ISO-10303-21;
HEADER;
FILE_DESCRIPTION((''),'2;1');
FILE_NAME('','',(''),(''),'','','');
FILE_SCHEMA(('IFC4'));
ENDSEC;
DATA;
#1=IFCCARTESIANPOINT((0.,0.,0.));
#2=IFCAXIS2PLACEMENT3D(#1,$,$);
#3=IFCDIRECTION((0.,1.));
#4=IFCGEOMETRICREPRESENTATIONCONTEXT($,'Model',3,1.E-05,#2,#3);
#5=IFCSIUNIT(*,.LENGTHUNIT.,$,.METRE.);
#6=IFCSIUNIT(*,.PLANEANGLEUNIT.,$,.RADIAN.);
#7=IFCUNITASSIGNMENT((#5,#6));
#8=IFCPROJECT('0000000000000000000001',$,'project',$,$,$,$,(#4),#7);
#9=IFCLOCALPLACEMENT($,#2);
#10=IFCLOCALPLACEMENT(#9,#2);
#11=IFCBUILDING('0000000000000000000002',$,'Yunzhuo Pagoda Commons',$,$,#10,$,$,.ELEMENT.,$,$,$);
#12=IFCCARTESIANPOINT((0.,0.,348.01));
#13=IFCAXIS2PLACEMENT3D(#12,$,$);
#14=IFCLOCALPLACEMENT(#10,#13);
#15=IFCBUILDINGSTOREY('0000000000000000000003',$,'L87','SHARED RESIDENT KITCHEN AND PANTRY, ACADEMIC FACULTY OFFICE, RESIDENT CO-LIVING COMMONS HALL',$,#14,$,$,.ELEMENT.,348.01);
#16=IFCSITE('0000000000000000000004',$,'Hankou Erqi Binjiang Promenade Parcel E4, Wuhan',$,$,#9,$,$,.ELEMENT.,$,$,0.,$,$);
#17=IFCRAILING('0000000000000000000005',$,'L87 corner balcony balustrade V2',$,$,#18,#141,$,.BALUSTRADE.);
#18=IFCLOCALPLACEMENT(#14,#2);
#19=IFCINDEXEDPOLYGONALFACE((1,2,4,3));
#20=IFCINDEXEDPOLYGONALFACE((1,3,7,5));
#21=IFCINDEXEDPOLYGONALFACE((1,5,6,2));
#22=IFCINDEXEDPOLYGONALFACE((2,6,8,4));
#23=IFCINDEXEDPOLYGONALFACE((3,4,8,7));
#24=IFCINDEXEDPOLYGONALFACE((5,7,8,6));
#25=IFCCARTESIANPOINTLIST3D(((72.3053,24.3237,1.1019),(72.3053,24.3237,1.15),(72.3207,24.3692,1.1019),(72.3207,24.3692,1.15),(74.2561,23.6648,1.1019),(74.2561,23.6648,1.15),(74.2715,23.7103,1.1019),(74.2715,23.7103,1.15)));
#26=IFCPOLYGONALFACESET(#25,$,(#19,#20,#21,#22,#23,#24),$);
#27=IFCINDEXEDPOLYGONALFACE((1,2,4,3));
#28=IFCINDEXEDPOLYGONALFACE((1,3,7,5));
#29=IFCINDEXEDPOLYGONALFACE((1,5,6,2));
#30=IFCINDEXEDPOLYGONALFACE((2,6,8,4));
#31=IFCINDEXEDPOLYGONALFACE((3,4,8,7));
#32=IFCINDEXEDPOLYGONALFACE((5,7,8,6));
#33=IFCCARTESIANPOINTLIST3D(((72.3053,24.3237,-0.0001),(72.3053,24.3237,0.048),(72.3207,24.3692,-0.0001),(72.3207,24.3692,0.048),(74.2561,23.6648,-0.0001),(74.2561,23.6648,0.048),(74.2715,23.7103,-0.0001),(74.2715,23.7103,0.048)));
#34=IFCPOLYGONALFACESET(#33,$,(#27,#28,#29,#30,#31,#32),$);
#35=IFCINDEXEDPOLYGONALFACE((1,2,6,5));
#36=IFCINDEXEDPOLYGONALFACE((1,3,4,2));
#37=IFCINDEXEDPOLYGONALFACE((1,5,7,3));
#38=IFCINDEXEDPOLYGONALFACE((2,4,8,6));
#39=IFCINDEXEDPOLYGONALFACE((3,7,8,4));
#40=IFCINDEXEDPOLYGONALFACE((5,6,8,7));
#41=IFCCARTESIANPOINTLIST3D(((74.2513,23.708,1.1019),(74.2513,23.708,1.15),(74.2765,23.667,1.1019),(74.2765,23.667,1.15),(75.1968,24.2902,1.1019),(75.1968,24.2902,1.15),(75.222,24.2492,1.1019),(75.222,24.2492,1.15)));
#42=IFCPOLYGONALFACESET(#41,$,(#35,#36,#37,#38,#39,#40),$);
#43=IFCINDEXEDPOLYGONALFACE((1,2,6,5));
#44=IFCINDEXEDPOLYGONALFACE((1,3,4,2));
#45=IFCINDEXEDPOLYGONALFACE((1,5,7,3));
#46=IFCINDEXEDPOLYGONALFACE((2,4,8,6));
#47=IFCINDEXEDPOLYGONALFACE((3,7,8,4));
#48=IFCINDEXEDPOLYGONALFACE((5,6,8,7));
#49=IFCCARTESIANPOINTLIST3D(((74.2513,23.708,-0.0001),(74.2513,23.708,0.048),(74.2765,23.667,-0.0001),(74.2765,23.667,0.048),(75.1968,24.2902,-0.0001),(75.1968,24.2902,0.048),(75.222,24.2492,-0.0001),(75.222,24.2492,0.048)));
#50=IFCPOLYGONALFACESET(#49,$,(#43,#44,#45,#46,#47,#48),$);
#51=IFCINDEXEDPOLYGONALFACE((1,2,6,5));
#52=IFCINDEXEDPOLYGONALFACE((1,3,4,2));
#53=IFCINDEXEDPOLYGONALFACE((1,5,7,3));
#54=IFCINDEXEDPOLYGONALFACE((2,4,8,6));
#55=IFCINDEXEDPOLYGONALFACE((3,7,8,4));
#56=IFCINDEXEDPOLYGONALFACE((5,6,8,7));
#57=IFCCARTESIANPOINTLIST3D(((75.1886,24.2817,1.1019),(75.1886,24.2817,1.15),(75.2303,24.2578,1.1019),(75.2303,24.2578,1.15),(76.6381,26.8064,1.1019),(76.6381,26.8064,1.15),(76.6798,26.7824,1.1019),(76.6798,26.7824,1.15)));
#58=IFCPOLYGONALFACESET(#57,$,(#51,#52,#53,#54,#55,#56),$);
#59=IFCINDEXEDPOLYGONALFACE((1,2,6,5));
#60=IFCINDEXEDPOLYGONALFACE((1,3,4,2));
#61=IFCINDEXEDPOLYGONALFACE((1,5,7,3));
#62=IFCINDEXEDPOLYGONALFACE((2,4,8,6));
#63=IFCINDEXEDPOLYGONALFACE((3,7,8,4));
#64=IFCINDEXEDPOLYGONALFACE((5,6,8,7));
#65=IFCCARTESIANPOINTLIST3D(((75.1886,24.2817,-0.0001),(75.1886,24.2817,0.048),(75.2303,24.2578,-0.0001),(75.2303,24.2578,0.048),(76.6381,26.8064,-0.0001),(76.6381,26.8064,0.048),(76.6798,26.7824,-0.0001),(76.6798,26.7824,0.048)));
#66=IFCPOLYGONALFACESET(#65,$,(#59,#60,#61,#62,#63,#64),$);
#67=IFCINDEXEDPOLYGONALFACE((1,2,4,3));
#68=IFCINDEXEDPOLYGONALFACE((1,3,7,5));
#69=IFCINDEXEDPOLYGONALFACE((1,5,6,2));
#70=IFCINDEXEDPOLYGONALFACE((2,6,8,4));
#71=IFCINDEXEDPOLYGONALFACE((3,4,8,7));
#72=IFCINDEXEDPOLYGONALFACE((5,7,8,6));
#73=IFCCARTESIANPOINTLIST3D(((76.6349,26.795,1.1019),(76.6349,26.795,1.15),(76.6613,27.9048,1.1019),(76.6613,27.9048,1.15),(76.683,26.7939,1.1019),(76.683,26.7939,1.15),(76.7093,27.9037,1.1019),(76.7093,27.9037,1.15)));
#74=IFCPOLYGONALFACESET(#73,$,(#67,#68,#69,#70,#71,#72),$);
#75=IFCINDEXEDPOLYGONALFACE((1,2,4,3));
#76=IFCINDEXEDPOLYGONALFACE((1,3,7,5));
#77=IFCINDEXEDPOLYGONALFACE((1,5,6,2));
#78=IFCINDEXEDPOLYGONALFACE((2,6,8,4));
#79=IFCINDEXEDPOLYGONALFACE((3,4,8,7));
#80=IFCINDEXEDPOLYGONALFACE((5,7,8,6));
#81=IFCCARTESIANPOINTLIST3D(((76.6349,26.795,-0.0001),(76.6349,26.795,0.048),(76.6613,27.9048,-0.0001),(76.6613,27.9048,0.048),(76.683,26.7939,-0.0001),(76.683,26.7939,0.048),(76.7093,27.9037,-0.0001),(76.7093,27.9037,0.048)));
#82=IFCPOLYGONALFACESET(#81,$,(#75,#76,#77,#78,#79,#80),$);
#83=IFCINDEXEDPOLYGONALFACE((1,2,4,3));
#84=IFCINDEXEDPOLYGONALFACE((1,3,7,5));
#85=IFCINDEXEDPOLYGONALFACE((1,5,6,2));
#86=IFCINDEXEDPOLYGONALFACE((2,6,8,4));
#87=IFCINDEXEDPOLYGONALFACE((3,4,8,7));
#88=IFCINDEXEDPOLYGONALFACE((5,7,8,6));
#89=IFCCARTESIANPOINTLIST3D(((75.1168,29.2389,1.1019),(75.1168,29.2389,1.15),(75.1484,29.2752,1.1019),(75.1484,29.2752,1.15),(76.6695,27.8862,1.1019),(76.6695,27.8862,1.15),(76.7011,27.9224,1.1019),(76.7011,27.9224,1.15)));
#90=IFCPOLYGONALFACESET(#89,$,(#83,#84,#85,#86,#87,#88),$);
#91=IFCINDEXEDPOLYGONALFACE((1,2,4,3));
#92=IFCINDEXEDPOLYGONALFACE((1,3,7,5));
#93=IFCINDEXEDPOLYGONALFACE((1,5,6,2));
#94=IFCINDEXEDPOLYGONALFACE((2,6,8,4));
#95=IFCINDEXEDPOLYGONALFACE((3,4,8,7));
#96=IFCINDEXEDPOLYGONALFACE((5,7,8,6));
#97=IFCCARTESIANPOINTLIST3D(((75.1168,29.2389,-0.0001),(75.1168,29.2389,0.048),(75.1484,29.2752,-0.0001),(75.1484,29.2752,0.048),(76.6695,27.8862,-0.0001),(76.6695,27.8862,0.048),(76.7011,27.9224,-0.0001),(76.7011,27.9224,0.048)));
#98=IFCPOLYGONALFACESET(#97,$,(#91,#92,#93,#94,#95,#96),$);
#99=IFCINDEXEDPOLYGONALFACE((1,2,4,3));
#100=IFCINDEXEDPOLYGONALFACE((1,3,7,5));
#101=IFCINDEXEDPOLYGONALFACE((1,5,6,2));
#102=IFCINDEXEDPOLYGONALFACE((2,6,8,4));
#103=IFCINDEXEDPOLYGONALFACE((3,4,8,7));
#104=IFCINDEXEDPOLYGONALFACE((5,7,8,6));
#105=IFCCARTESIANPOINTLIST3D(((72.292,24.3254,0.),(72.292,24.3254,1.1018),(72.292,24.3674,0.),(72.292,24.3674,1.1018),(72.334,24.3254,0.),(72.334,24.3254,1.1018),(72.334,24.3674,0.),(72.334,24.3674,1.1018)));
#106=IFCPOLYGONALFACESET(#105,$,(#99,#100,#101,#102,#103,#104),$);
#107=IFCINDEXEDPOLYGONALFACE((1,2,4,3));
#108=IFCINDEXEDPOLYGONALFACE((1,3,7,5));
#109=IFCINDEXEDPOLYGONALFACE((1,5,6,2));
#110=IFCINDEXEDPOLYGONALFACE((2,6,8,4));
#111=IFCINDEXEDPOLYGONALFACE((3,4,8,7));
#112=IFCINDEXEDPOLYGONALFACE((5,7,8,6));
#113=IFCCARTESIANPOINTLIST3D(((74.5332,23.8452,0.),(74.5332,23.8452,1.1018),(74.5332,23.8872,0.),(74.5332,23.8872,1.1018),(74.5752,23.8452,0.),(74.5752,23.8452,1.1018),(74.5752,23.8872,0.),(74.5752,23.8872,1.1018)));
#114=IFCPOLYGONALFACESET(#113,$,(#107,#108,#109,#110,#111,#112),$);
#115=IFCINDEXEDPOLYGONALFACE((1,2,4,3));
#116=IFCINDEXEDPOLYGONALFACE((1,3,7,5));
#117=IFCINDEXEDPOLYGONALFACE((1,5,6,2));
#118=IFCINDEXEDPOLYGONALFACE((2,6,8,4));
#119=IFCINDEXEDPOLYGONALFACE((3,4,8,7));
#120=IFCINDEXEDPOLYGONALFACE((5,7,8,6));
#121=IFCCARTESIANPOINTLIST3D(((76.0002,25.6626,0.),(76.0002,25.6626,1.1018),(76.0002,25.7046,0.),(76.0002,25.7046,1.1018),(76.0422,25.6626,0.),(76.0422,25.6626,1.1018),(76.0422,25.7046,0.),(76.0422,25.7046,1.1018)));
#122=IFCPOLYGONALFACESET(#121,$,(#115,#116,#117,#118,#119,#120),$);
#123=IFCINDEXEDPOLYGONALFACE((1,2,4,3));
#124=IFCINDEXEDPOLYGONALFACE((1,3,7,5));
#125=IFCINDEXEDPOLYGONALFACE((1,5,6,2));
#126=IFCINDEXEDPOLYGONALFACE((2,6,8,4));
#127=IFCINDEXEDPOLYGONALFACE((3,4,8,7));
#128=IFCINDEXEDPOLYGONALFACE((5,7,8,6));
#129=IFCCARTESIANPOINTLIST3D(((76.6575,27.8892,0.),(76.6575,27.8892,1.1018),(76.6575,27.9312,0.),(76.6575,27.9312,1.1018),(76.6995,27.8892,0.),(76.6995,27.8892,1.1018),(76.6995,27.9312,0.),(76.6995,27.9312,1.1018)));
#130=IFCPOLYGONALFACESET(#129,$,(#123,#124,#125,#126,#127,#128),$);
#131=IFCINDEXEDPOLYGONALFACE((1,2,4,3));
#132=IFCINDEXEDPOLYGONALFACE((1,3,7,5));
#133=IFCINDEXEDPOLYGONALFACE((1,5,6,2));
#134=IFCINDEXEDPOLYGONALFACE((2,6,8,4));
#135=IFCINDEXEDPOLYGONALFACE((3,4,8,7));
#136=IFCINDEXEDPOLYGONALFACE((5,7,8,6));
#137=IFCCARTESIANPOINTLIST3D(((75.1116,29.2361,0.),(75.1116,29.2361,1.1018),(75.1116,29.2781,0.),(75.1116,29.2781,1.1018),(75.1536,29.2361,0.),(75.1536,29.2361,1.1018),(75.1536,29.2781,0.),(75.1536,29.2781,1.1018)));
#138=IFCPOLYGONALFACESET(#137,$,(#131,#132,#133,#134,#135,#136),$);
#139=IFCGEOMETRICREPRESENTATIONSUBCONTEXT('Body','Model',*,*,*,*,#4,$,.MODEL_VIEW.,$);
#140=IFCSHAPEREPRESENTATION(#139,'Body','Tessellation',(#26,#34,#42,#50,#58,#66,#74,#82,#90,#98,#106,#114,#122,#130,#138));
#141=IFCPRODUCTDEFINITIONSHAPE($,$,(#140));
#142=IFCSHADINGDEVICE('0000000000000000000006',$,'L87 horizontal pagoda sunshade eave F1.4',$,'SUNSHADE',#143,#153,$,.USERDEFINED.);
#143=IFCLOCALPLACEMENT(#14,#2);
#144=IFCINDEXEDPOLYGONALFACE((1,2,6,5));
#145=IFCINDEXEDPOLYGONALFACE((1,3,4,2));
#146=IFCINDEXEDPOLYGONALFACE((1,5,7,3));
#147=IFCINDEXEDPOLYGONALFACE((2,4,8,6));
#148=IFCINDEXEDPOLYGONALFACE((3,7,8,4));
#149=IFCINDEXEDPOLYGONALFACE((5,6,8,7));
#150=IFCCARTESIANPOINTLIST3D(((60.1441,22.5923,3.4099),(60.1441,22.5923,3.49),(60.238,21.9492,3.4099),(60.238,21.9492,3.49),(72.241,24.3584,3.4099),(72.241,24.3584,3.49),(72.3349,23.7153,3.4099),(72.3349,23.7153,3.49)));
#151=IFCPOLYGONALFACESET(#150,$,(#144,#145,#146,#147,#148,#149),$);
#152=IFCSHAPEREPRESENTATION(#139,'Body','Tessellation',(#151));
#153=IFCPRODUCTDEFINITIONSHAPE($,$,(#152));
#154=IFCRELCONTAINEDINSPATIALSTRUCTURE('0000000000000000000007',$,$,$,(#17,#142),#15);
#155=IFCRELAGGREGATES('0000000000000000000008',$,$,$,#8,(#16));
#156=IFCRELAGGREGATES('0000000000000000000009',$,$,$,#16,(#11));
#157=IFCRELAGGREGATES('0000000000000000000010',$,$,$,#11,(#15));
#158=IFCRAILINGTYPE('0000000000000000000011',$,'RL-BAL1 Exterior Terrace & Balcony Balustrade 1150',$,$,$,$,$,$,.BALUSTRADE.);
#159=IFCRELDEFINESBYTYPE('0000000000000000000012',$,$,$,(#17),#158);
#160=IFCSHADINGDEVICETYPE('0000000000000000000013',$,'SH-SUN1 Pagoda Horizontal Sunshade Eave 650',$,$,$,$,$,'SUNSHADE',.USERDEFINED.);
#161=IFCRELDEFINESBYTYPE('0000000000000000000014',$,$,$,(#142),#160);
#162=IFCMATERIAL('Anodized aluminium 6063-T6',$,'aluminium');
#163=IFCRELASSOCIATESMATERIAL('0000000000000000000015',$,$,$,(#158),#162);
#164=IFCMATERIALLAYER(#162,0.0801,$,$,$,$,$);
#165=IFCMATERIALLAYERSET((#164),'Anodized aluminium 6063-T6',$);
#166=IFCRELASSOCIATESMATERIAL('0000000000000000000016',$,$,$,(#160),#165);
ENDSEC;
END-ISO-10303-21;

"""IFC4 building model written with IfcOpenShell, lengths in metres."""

from ifc_helpers import new_model, si_unit, direction, frame, origin, origin_2d, place, context, subcontext, project, spatial, rectangle, extrude, source, transform, mapped, material, layer, layer_set, type_object, element, save


model = new_model("IFC4")

# Units and contexts
model_context = context("Model", 3, precision=1e-05, world=origin(), true_north=direction((0.0, 1.0)))
body_context = subcontext(model_context, "Body", "Model", "MODEL_VIEW")
ifc_project = project(units=[si_unit("LENGTHUNIT", "METRE"), si_unit("PLANEANGLEUNIT", "RADIAN")], contexts=[model_context])

# Site, building, storey
site_placement = place(None, origin())
site = spatial("IfcSite", under=ifc_project, at=site_placement, Name="Hankou Erqi Binjiang Promenade Parcel E4, Wuhan", CompositionType="ELEMENT", RefElevation=0.0)
building_placement = place(site_placement, origin())
building = spatial("IfcBuilding", under=site, at=building_placement, Name="Yunzhuo Pagoda Commons", CompositionType="ELEMENT")
storey_placement = place(building_placement, frame((0.0, 0.0, 348.01)))
storey = spatial("IfcBuildingStorey", under=building, at=storey_placement, Name="L87", Description="SHARED RESIDENT KITCHEN AND PANTRY, ACADEMIC FACULTY OFFICE, RESIDENT CO-LIVING COMMONS HALL", CompositionType="ELEMENT", Elevation=348.01)

# Shared definitions
ifc_material_1 = material(Name="Anodized aluminium 6063-T6", Category="aluminium")

# Railing
railing_type = type_object("IfcRailingType", Name="RL-BAL1 Exterior Terrace & Balcony Balustrade 1150", PredefinedType="BALUSTRADE", material=ifc_material_1)
railing_placement = place(storey_placement, frame((72.313, 24.3464, 0.0)))
element("IfcRailing", 1, at=railing_placement, inside=storey, type_object=railing_type, Name="L87 corner balcony balustrade V2", PredefinedType="BALUSTRADE", context=body_context, shape_type="SweptSolid", body=[
    extrude(rectangle(XDim=0.0481, YDim=0.0481, at=origin_2d()), frame((0.0, 0.0, 1.126), z_axis=(0.947419, -0.319996, 0.0), x_axis=(0.319996, 0.947419, 0.0)), (0.0, 0.0, 1.0), 2.0591),
    extrude(rectangle(XDim=0.0481, YDim=0.0481, at=origin_2d()), frame((0.0, 0.0, 0.0239), z_axis=(0.947419, -0.319996, 0.0), x_axis=(0.319996, 0.947419, 0.0)), (0.0, 0.0, 1.0), 2.0591),
    extrude(rectangle(XDim=0.0481, YDim=0.0481, at=origin_2d()), frame((1.9509, -0.6589, 1.126), z_axis=(0.8515, 0.524355, 0.0), x_axis=(-0.524355, 0.8515, 0.0)), (0.0, 0.0, 1.0), 1.1104),
    extrude(rectangle(XDim=0.0481, YDim=0.0481, at=origin_2d()), frame((1.9509, -0.6589, 0.0239), z_axis=(0.8515, 0.524355, 0.0), x_axis=(-0.524355, 0.8515, 0.0)), (0.0, 0.0, 1.0), 1.1104),
    extrude(rectangle(XDim=0.0481, YDim=0.0481, at=origin_2d()), frame((2.8965, -0.0767, 1.126), z_axis=(0.497899, 0.867235, 0.0), x_axis=(-0.867235, 0.497899, 0.0)), (0.0, 0.0, 1.0), 2.9111),
    extrude(rectangle(XDim=0.0481, YDim=0.0481, at=origin_2d()), frame((2.8965, -0.0767, 0.0239), z_axis=(0.497899, 0.867235, 0.0), x_axis=(-0.867235, 0.497899, 0.0)), (0.0, 0.0, 1.0), 2.9111),
    extrude(rectangle(XDim=0.0481, YDim=0.0481, at=origin_2d()), frame((4.3459, 2.448, 1.126), z_axis=(0.02375, 0.999718, 0.0), x_axis=(-0.999718, 0.02375, 0.0)), (0.0, 0.0, 1.0), 1.1101),
    extrude(rectangle(XDim=0.0481, YDim=0.0481, at=origin_2d()), frame((4.3459, 2.448, 0.0239), z_axis=(0.02375, 0.999718, 0.0), x_axis=(-0.999718, 0.02375, 0.0)), (0.0, 0.0, 1.0), 1.1101),
    extrude(rectangle(XDim=0.0481, YDim=0.0481, at=origin_2d()), frame((4.3723, 3.5579, 1.126), z_axis=(-0.753985, 0.656892, 0.0), x_axis=(-0.656892, -0.753985, 0.0)), (0.0, 0.0, 1.0), 2.0593),
    extrude(rectangle(XDim=0.0481, YDim=0.0481, at=origin_2d()), frame((4.3723, 3.5579, 0.0239), z_axis=(-0.753985, 0.656892, 0.0), x_axis=(-0.656892, -0.753985, 0.0)), (0.0, 0.0, 1.0), 2.0593),
    extrude(rectangle(XDim=0.042, YDim=0.042, at=origin_2d()), origin(), (0.0, 0.0, 1.0), 1.1018),
    extrude(rectangle(XDim=0.042, YDim=0.042, at=origin_2d()), frame((2.2412, -0.4802, 0.0)), (0.0, 0.0, 1.0), 1.1018),
    extrude(rectangle(XDim=0.042, YDim=0.042, at=origin_2d()), frame((3.7083, 1.3372, 0.0)), (0.0, 0.0, 1.0), 1.1018),
    extrude(rectangle(XDim=0.042, YDim=0.042, at=origin_2d()), frame((4.3655, 3.5637, 0.0)), (0.0, 0.0, 1.0), 1.1018),
    extrude(rectangle(XDim=0.042, YDim=0.042, at=origin_2d()), frame((2.8196, 4.9106, 0.0)), (0.0, 0.0, 1.0), 1.1018),
])

# Shading device
ifc_layer_1 = layer(ifc_material_1, 0.0801)
ifc_layer_set_1 = layer_set([ifc_layer_1], Name="Anodized aluminium 6063-T6")
shading_device_type = type_object("IfcShadingDeviceType", Name="SH-SUN1 Pagoda Horizontal Sunshade Eave 650", ElementType="SUNSHADE", PredefinedType="USERDEFINED", material=ifc_layer_set_1)
shared_shape_1 = source(origin(), body_context, "Body", "SweptSolid", [
    extrude(rectangle(XDim=12.2251, YDim=0.6499, at=origin_2d()), origin(), (0.0, 0.0, 1.0), 0.0801),
])
shading_device_placement = place(storey_placement, frame((66.2395, 23.1538, 3.4099), z_axis=(0.0, 0.0, 1.0), x_axis=(0.989511, 0.14446, 0.0)))
element("IfcShadingDevice", 2, at=shading_device_placement, inside=storey, type_object=shading_device_type, Name="L87 horizontal pagoda sunshade eave F1.4", ObjectType="SUNSHADE", PredefinedType="USERDEFINED", context=body_context, shape_type="MappedRepresentation", body=[
    mapped(shared_shape_1, transform((0.0, 0.0, 0.0), scale=1.0)),
])

save(model, "model.ifc")
